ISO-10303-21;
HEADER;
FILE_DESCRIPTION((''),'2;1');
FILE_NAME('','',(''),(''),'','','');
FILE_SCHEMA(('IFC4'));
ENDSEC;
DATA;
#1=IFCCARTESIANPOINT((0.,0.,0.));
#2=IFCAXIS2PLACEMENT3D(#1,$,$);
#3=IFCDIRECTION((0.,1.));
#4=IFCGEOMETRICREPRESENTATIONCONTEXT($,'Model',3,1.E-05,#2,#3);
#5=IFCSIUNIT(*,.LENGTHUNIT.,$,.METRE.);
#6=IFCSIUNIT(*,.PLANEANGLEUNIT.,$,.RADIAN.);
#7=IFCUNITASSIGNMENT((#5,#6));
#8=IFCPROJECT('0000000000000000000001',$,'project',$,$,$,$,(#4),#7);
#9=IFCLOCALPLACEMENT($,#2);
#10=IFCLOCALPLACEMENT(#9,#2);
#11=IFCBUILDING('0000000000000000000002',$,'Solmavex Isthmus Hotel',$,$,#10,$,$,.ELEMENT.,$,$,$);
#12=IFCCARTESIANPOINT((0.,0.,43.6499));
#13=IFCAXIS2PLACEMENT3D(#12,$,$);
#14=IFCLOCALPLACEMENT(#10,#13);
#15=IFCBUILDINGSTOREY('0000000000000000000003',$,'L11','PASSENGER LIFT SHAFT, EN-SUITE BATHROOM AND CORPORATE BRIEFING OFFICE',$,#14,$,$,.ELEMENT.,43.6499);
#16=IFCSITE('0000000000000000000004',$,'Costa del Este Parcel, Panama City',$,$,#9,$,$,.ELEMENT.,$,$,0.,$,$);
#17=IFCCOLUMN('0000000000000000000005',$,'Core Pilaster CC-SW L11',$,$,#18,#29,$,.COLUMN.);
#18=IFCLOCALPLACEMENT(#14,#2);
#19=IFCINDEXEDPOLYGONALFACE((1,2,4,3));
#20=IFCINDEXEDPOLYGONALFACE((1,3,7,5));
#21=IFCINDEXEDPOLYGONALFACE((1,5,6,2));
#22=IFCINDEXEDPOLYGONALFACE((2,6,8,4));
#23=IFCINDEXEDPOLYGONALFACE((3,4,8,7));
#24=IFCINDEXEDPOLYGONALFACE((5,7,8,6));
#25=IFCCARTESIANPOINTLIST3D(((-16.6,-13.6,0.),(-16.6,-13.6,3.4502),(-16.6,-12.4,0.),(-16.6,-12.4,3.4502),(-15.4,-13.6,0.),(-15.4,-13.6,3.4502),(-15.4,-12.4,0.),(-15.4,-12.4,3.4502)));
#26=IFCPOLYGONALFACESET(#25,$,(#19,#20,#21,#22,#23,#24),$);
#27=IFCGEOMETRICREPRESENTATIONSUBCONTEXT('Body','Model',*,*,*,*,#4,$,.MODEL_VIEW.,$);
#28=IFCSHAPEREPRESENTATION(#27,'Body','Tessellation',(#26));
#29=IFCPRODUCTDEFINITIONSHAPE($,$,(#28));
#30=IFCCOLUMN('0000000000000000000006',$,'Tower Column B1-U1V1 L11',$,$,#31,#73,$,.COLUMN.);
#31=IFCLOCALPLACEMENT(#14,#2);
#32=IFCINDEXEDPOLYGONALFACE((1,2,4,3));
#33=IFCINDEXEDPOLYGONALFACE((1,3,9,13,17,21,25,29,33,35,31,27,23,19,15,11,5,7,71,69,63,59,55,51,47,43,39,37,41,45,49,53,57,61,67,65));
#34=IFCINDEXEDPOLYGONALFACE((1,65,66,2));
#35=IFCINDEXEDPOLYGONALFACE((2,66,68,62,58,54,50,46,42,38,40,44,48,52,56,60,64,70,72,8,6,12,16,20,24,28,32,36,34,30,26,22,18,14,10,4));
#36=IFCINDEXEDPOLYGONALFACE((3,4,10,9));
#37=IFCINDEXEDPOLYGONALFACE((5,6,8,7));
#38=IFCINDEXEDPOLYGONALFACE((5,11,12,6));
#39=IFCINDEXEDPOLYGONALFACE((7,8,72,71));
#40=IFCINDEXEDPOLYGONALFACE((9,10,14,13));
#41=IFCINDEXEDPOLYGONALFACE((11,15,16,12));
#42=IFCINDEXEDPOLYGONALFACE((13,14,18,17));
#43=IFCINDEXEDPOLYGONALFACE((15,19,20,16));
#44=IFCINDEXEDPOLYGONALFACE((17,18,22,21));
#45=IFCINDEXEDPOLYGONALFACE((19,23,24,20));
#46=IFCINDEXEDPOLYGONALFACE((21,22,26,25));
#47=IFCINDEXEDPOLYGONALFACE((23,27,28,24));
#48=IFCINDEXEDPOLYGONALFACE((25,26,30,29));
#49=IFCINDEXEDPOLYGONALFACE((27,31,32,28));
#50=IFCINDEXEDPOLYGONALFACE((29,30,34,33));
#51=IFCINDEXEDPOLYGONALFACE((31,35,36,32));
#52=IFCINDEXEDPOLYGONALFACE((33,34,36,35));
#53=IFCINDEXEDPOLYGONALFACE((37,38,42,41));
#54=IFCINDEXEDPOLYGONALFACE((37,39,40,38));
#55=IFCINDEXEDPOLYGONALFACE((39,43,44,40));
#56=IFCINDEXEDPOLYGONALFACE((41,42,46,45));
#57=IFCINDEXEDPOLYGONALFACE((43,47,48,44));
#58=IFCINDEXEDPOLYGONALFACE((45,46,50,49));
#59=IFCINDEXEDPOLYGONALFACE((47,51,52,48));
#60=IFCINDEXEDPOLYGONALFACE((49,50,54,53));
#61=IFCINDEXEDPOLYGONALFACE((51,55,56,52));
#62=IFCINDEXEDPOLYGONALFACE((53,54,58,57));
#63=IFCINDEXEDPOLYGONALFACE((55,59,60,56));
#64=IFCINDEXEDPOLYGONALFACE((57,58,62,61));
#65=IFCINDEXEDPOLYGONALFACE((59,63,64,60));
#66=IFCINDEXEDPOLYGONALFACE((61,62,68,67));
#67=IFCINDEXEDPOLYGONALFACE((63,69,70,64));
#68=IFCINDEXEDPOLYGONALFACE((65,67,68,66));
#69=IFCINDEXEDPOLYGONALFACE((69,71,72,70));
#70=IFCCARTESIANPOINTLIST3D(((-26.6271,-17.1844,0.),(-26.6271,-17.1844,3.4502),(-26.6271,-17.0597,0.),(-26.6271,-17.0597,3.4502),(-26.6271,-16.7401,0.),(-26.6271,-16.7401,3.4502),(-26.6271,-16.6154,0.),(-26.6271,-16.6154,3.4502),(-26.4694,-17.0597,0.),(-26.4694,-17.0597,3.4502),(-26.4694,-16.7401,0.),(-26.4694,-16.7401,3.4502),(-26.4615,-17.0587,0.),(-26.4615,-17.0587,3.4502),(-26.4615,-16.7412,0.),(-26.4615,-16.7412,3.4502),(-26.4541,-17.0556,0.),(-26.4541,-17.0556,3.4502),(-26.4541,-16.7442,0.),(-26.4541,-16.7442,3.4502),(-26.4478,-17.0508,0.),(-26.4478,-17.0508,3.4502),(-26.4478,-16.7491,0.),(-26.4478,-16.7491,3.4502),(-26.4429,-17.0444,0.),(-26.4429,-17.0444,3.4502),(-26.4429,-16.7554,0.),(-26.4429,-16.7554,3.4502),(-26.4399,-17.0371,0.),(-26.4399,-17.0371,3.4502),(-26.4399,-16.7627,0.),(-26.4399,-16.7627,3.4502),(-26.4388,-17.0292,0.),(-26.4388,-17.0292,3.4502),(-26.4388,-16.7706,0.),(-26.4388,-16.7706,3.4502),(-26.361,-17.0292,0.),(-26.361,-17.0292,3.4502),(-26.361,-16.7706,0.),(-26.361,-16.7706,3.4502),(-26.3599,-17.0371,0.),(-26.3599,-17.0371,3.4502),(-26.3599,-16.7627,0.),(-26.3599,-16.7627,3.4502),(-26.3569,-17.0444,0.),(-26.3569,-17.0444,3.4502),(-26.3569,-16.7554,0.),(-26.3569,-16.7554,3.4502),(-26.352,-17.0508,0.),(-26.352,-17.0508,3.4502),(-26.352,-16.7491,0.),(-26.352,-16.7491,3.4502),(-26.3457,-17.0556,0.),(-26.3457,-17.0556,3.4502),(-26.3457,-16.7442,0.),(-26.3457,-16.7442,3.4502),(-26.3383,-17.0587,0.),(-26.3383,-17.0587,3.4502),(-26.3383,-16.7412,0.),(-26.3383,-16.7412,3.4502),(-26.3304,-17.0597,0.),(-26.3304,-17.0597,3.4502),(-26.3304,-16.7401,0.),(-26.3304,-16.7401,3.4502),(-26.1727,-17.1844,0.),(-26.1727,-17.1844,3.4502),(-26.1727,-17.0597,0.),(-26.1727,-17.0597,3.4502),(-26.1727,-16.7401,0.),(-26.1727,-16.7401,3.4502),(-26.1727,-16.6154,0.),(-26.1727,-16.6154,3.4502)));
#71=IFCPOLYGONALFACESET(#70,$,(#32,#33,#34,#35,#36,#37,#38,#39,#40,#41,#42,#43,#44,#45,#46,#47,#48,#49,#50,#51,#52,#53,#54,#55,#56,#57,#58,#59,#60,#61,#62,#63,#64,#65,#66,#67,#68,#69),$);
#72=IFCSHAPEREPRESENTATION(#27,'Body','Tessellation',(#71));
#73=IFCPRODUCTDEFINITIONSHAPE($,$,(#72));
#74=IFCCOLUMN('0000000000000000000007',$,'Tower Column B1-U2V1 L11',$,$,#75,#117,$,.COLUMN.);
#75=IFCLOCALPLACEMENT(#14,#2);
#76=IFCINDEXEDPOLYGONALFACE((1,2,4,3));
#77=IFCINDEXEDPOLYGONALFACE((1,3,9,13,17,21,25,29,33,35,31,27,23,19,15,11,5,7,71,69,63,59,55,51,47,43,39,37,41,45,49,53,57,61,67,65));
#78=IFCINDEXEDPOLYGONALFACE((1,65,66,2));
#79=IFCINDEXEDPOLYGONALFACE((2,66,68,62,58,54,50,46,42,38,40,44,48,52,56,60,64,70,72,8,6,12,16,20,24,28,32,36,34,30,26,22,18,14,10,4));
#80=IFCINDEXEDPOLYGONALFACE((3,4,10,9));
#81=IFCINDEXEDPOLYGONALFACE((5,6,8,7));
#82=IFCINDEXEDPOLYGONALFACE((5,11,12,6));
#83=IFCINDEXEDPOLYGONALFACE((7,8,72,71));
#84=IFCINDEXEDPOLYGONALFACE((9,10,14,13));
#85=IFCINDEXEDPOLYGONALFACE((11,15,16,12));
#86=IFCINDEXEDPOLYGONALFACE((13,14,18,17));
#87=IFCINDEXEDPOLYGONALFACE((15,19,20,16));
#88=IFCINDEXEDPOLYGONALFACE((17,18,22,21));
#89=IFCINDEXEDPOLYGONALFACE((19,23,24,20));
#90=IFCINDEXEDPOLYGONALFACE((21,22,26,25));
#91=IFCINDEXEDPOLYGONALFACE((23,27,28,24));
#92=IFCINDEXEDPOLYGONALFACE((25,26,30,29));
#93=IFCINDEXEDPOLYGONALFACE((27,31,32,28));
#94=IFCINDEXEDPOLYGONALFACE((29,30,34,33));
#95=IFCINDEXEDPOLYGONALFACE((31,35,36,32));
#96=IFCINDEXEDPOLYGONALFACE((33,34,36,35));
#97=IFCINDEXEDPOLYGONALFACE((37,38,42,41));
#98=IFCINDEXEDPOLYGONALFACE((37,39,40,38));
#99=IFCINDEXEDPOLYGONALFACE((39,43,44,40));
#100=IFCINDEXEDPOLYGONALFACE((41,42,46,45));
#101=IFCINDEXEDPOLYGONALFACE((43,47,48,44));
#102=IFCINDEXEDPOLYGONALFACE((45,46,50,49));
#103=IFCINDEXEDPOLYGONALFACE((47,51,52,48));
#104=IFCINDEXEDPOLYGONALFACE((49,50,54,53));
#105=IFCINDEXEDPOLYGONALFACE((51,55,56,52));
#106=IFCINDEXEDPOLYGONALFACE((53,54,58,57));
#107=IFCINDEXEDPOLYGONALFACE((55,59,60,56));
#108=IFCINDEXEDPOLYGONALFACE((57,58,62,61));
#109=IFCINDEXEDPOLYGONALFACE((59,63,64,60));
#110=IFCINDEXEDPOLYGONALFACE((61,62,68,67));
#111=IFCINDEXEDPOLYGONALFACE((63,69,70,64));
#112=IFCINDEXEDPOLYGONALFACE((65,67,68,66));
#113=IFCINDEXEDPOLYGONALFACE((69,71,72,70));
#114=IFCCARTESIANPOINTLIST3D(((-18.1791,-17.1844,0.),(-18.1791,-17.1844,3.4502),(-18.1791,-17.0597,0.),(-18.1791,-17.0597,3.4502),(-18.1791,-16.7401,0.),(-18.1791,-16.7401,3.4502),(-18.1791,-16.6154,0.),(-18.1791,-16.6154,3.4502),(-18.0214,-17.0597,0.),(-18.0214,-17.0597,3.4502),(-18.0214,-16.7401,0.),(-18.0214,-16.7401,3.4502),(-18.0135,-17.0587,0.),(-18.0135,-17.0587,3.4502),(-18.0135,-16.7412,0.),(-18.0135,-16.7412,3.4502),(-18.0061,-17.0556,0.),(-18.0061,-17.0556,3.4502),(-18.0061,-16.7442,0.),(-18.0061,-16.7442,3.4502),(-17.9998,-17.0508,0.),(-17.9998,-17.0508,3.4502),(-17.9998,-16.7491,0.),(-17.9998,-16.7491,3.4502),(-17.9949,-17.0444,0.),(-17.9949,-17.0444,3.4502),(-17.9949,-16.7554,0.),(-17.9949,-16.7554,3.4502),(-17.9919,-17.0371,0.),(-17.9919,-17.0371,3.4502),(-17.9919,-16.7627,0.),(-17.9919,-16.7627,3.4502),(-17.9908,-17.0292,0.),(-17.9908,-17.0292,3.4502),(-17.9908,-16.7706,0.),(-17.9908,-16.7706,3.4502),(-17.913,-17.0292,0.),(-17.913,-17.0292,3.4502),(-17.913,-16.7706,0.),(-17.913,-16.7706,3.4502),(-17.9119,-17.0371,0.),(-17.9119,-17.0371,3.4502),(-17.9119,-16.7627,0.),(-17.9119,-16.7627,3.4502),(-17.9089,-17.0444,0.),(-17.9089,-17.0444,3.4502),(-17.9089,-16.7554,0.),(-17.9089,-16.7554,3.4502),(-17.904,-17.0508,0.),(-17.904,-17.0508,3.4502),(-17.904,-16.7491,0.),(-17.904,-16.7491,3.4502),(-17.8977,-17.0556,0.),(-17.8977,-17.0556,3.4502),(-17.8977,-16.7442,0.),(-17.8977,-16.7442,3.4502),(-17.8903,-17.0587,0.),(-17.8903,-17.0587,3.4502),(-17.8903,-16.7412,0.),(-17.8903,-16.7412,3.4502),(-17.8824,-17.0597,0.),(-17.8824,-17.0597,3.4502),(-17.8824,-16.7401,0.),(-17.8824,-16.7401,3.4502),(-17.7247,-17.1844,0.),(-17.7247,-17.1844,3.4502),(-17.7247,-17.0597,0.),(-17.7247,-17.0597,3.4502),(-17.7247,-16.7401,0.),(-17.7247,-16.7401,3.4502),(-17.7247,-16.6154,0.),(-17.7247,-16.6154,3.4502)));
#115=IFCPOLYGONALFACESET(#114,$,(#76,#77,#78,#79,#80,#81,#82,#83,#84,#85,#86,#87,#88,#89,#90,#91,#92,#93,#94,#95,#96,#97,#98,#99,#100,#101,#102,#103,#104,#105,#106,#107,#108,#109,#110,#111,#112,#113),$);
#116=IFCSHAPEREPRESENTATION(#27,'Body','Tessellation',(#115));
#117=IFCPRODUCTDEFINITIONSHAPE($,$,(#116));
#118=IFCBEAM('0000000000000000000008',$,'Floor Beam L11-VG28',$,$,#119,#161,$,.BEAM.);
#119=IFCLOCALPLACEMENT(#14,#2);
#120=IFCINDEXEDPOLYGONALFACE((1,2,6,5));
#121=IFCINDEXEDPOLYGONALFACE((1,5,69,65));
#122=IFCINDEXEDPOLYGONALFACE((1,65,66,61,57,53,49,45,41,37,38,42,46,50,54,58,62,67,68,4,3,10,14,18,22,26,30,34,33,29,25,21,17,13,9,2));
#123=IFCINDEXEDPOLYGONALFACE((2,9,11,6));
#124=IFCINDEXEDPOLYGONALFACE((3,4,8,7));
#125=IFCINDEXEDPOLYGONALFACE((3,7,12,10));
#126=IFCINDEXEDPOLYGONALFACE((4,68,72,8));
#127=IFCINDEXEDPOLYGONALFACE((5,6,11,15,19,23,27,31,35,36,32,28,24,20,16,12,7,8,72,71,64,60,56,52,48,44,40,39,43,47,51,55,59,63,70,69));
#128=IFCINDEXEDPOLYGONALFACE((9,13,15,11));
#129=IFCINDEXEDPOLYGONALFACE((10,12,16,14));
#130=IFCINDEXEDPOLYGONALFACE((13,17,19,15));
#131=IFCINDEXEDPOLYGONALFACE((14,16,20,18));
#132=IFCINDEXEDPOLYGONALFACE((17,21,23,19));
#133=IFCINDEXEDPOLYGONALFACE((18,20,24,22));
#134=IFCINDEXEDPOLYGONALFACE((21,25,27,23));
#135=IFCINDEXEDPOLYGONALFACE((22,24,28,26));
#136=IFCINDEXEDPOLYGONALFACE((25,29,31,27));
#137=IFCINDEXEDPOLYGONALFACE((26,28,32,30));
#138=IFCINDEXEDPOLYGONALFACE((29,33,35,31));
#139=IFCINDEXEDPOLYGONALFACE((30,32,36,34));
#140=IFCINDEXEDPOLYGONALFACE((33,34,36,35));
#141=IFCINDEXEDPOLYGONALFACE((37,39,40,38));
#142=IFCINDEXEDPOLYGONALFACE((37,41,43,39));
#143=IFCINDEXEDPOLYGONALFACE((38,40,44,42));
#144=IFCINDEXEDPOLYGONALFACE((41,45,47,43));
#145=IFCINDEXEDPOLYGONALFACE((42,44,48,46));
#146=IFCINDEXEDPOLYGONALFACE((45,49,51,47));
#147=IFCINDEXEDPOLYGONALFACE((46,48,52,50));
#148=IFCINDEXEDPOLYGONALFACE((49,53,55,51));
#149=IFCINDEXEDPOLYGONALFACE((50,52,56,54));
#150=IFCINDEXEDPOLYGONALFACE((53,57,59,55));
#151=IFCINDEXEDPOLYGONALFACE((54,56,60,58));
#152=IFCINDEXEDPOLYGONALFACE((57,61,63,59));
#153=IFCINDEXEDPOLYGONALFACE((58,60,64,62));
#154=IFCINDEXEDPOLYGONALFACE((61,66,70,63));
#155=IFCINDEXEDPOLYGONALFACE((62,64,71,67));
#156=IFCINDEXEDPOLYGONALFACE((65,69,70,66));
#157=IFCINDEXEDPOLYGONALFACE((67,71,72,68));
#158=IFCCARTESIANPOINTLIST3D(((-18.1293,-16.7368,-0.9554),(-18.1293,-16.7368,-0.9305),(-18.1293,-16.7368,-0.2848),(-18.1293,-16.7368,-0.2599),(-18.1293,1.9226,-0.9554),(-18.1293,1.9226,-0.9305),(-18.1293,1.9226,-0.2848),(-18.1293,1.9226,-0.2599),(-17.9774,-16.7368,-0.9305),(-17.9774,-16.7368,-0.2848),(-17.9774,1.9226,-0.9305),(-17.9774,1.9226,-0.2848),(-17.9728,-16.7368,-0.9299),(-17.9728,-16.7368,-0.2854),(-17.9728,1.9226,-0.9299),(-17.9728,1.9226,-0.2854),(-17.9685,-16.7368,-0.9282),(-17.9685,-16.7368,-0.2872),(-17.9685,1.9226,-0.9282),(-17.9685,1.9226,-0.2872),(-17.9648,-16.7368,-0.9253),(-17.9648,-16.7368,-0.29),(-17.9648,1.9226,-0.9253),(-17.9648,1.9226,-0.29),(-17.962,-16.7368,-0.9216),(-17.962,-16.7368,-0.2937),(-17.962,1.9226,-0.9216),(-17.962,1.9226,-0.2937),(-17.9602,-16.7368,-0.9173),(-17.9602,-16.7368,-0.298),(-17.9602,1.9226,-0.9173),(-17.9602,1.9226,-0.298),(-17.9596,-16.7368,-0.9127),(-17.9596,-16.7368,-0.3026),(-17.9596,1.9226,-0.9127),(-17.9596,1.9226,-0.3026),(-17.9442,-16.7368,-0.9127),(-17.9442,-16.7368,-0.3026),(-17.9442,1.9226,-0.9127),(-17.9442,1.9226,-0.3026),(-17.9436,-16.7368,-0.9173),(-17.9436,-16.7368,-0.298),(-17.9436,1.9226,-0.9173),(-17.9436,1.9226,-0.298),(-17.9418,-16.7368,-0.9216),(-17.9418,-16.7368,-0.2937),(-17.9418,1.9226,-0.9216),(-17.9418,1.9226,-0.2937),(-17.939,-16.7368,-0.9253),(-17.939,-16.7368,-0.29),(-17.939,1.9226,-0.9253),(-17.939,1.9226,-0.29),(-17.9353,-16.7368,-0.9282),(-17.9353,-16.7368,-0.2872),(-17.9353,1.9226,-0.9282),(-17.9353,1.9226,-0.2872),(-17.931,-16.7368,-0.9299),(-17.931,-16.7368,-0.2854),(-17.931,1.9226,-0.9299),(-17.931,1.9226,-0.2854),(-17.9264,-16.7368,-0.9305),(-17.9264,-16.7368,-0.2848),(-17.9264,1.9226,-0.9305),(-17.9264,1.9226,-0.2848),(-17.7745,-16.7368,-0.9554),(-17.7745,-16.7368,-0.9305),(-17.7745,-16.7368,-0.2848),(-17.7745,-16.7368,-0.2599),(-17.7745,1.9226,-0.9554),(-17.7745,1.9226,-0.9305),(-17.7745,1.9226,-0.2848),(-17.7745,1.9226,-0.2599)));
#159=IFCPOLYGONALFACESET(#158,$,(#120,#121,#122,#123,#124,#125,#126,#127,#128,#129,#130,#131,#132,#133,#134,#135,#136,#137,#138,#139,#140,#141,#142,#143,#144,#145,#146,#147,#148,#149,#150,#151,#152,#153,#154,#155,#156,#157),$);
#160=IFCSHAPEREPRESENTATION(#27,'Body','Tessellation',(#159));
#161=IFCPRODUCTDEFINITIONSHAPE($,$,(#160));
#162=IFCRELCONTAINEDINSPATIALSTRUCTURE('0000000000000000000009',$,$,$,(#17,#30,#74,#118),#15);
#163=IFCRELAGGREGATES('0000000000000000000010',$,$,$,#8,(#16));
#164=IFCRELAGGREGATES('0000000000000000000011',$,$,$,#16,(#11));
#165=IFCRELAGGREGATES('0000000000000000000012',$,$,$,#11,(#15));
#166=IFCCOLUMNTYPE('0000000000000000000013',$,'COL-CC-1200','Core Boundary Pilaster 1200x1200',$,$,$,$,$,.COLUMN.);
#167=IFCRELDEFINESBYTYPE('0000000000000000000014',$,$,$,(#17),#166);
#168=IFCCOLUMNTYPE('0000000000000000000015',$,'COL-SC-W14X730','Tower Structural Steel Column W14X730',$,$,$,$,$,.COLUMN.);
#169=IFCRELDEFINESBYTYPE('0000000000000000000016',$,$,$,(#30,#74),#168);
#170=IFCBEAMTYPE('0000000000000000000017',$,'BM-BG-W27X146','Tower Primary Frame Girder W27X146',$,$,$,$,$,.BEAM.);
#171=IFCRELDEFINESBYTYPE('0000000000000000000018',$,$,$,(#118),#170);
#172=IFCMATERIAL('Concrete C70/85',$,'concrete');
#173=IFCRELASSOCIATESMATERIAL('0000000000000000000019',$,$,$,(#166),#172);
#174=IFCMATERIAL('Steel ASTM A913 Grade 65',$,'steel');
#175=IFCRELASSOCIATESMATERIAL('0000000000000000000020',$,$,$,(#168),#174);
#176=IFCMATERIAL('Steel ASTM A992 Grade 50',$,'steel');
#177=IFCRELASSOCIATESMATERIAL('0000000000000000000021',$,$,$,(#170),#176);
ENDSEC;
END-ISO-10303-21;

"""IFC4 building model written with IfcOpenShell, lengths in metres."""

from ifc_helpers import new_model, si_unit, direction, frame, origin, origin_2d, place, context, subcontext, project, spatial, rectangle, i_section, extrude, material, material_profile, profile_set, type_object, element, save


model = new_model("IFC4")

# Units and contexts
model_context = context("Model", 3, precision=1e-05, world=origin(), true_north=direction((0.0, 1.0)))
body_context = subcontext(model_context, "Body", "Model", "MODEL_VIEW")
ifc_project = project(units=[si_unit("LENGTHUNIT", "METRE"), si_unit("PLANEANGLEUNIT", "RADIAN")], contexts=[model_context])

# Site, building, storey
site_placement = place(None, origin())
site = spatial("IfcSite", under=ifc_project, at=site_placement, Name="Costa del Este Parcel, Panama City", CompositionType="ELEMENT", RefElevation=0.0)
building_placement = place(site_placement, origin())
building = spatial("IfcBuilding", under=site, at=building_placement, Name="Solmavex Isthmus Hotel", CompositionType="ELEMENT")
storey_placement = place(building_placement, frame((0.0, 0.0, 43.6499)))
storey = spatial("IfcBuildingStorey", under=building, at=storey_placement, Name="L11", Description="PASSENGER LIFT SHAFT, EN-SUITE BATHROOM AND CORPORATE BRIEFING OFFICE", CompositionType="ELEMENT", Elevation=43.6499)

# Columns
ifc_material_1 = material(Name="Concrete C70/85", Category="concrete")
ifc_material_profile_1 = material_profile(ifc_material_1, rectangle(XDim=1.2, YDim=1.2, at=origin_2d()), Name="RC1200X1200")
ifc_profile_set_1 = profile_set([ifc_material_profile_1], Name="Concrete C70/85")
column_type_1 = type_object("IfcColumnType", Name="COL-CC-1200", Description="Core Boundary Pilaster 1200x1200", PredefinedType="COLUMN", material=ifc_profile_set_1)
column_placement = place(storey_placement, frame((-16.0, -13.0, 0.0), z_axis=(0.0, 0.0, 1.0), x_axis=(1.0, 0.0, 0.0)))
element("IfcColumn", 1, at=column_placement, inside=storey, type_object=column_type_1, Name="Core Pilaster CC-SW L11", PredefinedType="COLUMN", context=body_context, shape_type="SweptSolid", body=[
    extrude(rectangle(XDim=1.2, YDim=1.2, at=origin_2d()), origin(), (0.0, 0.0, 1.0), 3.4502),
])
ifc_material_2 = material(Name="Steel ASTM A913 Grade 65", Category="steel")
ifc_material_profile_2 = material_profile(ifc_material_2, i_section(OverallWidth=0.4543, OverallDepth=0.5691, WebThickness=0.0779, FlangeThickness=0.1248, FilletRadius=0.0305, at=origin_2d()), Name="W14X730")
ifc_profile_set_2 = profile_set([ifc_material_profile_2], Name="Steel ASTM A913 Grade 65")
column_type_2 = type_object("IfcColumnType", Name="COL-SC-W14X730", Description="Tower Structural Steel Column W14X730", PredefinedType="COLUMN", material=ifc_profile_set_2)
for number, where, z_axis, x_axis, name in (
    (2, (-26.3999, -16.8999, 0.0), (0.0, 0.0, 1.0), (1.0, 0.0, 0.0), "Tower Column B1-U1V1 L11"),
    (3, (-17.9519, -16.8999, 0.0), (0.0, 0.0, 1.0), (1.0, 0.0, 0.0), "Tower Column B1-U2V1 L11"),
):
    element("IfcColumn", number, at=place(storey_placement, frame(where, z_axis=z_axis, x_axis=x_axis)), inside=storey, type_object=column_type_2, Name=name, PredefinedType="COLUMN", context=body_context, shape_type="SweptSolid", body=[
        extrude(i_section(OverallWidth=0.4543, OverallDepth=0.5691, WebThickness=0.0779, FlangeThickness=0.1248, FilletRadius=0.0305, at=origin_2d()), origin(), (0.0, 0.0, 1.0), 3.4502),
    ])

# Beam
ifc_material_3 = material(Name="Steel ASTM A992 Grade 50", Category="steel")
ifc_material_profile_3 = material_profile(ifc_material_3, i_section(OverallWidth=0.3547, OverallDepth=0.6956, WebThickness=0.0154, FlangeThickness=0.0249, FilletRadius=0.0178, at=origin_2d()), Name="W27X146")
ifc_profile_set_3 = profile_set([ifc_material_profile_3], Name="Steel ASTM A992 Grade 50")
beam_type_1 = type_object("IfcBeamType", Name="BM-BG-W27X146", Description="Tower Primary Frame Girder W27X146", PredefinedType="BEAM", material=ifc_profile_set_3)
beam_1_placement = place(storey_placement, frame((-17.9519, -16.7368, -0.6077), z_axis=(0.0, 1.0, 0.0), x_axis=(-1.0, 0.0, 0.0)))
element("IfcBeam", 4, at=beam_1_placement, inside=storey, type_object=beam_type_1, Name="Floor Beam L11-VG28", PredefinedType="BEAM", context=body_context, shape_type="SweptSolid", body=[
    extrude(i_section(OverallWidth=0.3547, OverallDepth=0.6956, WebThickness=0.0154, FlangeThickness=0.0249, FilletRadius=0.0178, at=origin_2d()), origin(), (0.0, 0.0, 1.0), 18.6594),
])

save(model, "model.ifc")
